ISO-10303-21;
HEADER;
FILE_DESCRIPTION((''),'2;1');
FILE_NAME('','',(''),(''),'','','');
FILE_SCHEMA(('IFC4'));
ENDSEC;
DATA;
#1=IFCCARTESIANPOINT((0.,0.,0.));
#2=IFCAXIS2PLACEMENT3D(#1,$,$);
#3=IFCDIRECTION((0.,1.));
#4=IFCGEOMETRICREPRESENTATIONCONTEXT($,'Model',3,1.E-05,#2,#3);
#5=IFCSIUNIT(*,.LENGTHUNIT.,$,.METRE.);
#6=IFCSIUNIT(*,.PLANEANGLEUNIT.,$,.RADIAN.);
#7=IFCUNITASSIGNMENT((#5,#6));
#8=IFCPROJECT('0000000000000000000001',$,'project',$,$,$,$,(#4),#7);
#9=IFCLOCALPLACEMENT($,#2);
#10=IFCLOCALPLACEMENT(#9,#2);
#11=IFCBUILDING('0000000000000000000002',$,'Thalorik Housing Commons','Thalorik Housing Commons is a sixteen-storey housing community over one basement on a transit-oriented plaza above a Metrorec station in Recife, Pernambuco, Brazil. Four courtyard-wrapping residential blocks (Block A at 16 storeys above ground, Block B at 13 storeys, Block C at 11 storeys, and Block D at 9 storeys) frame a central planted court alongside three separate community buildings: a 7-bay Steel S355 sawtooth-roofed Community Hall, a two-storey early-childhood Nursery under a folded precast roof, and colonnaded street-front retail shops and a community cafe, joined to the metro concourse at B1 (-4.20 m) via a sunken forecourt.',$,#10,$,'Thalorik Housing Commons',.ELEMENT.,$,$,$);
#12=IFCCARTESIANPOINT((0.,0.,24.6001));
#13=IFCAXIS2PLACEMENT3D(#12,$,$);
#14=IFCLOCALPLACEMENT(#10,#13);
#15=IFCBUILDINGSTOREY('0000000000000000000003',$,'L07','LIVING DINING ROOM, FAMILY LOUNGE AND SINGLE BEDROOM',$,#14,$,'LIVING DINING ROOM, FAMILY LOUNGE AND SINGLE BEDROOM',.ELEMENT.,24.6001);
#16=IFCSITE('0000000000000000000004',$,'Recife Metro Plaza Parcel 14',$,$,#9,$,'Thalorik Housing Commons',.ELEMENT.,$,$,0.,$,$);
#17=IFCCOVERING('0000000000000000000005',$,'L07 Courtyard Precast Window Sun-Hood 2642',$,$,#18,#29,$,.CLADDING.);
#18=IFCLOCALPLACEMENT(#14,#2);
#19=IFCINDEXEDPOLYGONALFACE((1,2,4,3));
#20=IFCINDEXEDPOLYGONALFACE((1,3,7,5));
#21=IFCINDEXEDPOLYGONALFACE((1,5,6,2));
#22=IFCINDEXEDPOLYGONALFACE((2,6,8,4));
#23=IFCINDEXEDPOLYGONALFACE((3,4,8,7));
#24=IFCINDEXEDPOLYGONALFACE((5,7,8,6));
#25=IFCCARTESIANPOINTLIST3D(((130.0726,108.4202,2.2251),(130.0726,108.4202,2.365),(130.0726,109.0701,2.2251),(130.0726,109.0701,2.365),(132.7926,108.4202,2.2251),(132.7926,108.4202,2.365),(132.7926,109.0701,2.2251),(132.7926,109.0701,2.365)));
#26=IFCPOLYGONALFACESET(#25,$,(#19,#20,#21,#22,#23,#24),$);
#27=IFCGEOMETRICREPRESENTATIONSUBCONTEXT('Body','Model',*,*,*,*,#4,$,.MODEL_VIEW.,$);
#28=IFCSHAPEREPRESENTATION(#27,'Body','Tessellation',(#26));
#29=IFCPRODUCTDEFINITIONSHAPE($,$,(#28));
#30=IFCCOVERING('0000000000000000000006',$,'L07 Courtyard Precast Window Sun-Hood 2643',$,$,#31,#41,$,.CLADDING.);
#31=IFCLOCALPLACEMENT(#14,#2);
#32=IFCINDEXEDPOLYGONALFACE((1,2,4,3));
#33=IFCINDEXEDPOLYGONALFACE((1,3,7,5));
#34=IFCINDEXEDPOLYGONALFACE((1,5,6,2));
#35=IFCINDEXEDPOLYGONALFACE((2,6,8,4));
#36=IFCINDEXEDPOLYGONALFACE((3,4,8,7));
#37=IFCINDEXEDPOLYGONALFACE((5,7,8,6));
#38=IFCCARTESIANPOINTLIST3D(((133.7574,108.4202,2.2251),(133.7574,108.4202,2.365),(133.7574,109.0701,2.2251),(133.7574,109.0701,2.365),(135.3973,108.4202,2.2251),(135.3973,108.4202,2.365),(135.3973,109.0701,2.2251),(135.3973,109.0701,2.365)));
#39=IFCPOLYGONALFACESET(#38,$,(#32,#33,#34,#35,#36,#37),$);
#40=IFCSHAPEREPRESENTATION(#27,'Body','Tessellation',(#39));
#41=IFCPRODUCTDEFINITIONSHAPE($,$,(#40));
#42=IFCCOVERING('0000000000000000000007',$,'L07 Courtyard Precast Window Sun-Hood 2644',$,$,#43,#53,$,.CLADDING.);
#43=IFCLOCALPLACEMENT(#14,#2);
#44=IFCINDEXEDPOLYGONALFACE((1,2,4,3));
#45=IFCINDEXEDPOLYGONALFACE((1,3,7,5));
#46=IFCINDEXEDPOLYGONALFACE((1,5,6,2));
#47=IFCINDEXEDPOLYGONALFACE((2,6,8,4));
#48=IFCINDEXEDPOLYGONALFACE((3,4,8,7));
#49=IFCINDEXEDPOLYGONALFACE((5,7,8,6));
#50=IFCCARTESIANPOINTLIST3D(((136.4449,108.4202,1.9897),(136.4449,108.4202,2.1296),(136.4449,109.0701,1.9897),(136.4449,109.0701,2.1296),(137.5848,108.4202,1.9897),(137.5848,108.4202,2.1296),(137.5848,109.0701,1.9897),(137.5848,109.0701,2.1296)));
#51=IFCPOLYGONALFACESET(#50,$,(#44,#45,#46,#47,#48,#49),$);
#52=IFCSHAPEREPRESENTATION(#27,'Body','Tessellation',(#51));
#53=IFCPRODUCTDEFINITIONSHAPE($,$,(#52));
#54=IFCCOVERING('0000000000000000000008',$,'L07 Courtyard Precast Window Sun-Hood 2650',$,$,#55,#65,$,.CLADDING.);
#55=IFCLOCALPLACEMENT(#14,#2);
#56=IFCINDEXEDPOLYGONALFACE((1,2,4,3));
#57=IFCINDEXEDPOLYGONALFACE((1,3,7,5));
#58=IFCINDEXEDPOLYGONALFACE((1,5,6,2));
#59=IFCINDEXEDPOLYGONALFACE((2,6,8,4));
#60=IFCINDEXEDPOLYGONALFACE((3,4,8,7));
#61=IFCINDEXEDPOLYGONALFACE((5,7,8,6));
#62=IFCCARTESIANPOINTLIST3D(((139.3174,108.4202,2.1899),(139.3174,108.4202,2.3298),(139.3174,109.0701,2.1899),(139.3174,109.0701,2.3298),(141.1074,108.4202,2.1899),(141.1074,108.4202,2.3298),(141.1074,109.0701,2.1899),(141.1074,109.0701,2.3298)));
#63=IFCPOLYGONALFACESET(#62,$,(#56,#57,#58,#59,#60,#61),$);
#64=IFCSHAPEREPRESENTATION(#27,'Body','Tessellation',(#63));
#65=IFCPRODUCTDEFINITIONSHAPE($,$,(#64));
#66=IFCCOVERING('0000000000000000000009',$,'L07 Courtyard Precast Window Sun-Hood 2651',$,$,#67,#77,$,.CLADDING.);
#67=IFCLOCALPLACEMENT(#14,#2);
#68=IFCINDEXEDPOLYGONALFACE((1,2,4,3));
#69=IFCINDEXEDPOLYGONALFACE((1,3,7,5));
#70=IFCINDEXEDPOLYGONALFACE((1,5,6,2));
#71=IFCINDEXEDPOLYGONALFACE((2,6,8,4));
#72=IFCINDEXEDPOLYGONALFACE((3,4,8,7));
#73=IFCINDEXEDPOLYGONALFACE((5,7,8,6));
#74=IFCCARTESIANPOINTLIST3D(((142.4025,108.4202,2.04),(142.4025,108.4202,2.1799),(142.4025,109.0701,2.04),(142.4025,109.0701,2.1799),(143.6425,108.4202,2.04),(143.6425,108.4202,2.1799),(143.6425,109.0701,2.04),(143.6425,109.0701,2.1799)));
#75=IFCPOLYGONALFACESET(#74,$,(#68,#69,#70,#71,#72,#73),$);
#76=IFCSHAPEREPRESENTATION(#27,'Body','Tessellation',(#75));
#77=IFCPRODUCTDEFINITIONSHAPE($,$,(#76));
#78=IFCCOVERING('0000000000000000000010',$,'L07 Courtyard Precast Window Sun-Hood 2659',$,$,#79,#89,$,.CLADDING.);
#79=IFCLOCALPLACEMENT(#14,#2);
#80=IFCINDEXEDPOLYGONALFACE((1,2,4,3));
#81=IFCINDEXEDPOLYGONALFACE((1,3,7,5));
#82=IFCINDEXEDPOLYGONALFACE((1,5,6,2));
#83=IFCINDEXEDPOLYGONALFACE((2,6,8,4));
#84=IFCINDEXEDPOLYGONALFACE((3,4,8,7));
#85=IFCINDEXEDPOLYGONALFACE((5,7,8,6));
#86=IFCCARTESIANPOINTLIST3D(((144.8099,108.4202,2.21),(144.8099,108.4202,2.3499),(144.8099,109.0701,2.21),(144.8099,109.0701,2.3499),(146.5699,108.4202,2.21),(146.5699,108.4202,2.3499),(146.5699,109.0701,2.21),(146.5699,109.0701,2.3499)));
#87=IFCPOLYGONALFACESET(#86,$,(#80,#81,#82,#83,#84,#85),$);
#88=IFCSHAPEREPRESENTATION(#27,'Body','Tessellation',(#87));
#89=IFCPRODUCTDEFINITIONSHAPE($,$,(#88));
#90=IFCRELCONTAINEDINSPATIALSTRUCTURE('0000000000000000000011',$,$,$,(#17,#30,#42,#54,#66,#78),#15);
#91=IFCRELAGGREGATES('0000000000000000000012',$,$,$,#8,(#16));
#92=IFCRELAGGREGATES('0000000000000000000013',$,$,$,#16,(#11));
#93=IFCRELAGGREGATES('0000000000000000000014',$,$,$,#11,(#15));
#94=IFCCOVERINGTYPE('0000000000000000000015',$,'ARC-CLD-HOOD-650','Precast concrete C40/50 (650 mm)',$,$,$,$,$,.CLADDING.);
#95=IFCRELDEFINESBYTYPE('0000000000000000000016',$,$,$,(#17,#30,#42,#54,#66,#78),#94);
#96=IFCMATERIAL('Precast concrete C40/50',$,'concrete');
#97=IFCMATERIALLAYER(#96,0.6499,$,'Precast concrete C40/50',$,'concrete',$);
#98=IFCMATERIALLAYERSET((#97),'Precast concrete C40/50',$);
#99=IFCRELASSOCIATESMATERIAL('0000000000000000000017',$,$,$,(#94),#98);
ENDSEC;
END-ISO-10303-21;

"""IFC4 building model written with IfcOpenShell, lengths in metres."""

from ifc_helpers import new_model, si_unit, direction, frame, origin, origin_2d, place, context, subcontext, project, spatial, rectangle, extrude, material, layer, layer_set, type_object, element, save


model = new_model("IFC4")

# Units and contexts
model_context = context("Model", 3, precision=1e-05, world=origin(), true_north=direction((0.0, 1.0)))
body_context = subcontext(model_context, "Body", "Model", "MODEL_VIEW")
ifc_project = project(units=[si_unit("LENGTHUNIT", "METRE"), si_unit("PLANEANGLEUNIT", "RADIAN")], contexts=[model_context])

# Site, building, storey
site_placement = place(None, origin())
site = spatial("IfcSite", under=ifc_project, at=site_placement, Name="Recife Metro Plaza Parcel 14", LongName="Thalorik Housing Commons", CompositionType="ELEMENT", RefElevation=0.0)
building_placement = place(site_placement, origin())
building = spatial("IfcBuilding", under=site, at=building_placement, Name="Thalorik Housing Commons", Description="Thalorik Housing Commons is a sixteen-storey housing community over one basement on a transit-oriented plaza above a Metrorec station in Recife, Pernambuco, Brazil. Four courtyard-wrapping residential blocks (Block A at 16 storeys above ground, Block B at 13 storeys, Block C at 11 storeys, and Block D at 9 storeys) frame a central planted court alongside three separate community buildings: a 7-bay Steel S355 sawtooth-roofed Community Hall, a two-storey early-childhood Nursery under a folded precast roof, and colonnaded street-front retail shops and a community cafe, joined to the metro concourse at B1 (-4.20 m) via a sunken forecourt.", LongName="Thalorik Housing Commons", CompositionType="ELEMENT")
storey_placement = place(building_placement, frame((0.0, 0.0, 24.6001)))
storey = spatial("IfcBuildingStorey", under=building, at=storey_placement, Name="L07", Description="LIVING DINING ROOM, FAMILY LOUNGE AND SINGLE BEDROOM", LongName="LIVING DINING ROOM, FAMILY LOUNGE AND SINGLE BEDROOM", CompositionType="ELEMENT", Elevation=24.6001)

# Coverings
ifc_material = material(Name="Precast concrete C40/50", Category="concrete")
ifc_layer_1 = layer(ifc_material, 0.6499, Name="Precast concrete C40/50", Category="concrete")
ifc_layer_set_1 = layer_set([ifc_layer_1], Name="Precast concrete C40/50")
covering_type_1 = type_object("IfcCoveringType", Name="ARC-CLD-HOOD-650", Description="Precast concrete C40/50 (650 mm)", PredefinedType="CLADDING", material=ifc_layer_set_1)
covering_1_placement = place(storey_placement, frame((131.4326, 108.7451, 2.2251), z_axis=(0.0, 0.0, 1.0), x_axis=(1.0, 0.0, 0.0)))
element("IfcCovering", 1, at=covering_1_placement, inside=storey, type_object=covering_type_1, Name="L07 Courtyard Precast Window Sun-Hood 2642", PredefinedType="CLADDING", context=body_context, shape_type="SweptSolid", body=[
    extrude(rectangle(XDim=2.72, YDim=0.6499, at=origin_2d()), origin(), (0.0, 0.0, 1.0), 0.1399),
])
covering_2_placement = place(storey_placement, frame((134.5774, 108.7451, 2.2251), z_axis=(0.0, 0.0, 1.0), x_axis=(1.0, 0.0, 0.0)))
element("IfcCovering", 2, at=covering_2_placement, inside=storey, type_object=covering_type_1, Name="L07 Courtyard Precast Window Sun-Hood 2643", PredefinedType="CLADDING", context=body_context, shape_type="SweptSolid", body=[
    extrude(rectangle(XDim=1.6399, YDim=0.6499, at=origin_2d()), origin(), (0.0, 0.0, 1.0), 0.1399),
])
covering_3_placement = place(storey_placement, frame((137.0149, 108.7451, 1.9897), z_axis=(0.0, 0.0, 1.0), x_axis=(1.0, 0.0, 0.0)))
element("IfcCovering", 3, at=covering_3_placement, inside=storey, type_object=covering_type_1, Name="L07 Courtyard Precast Window Sun-Hood 2644", PredefinedType="CLADDING", context=body_context, shape_type="SweptSolid", body=[
    extrude(rectangle(XDim=1.1399, YDim=0.6499, at=origin_2d()), origin(), (0.0, 0.0, 1.0), 0.1399),
])
covering_4_placement = place(storey_placement, frame((140.2124, 108.7451, 2.1899), z_axis=(0.0, 0.0, 1.0), x_axis=(1.0, 0.0, 0.0)))
element("IfcCovering", 4, at=covering_4_placement, inside=storey, type_object=covering_type_1, Name="L07 Courtyard Precast Window Sun-Hood 2650", PredefinedType="CLADDING", context=body_context, shape_type="SweptSolid", body=[
    extrude(rectangle(XDim=1.79, YDim=0.6499, at=origin_2d()), origin(), (0.0, 0.0, 1.0), 0.1399),
])
covering_5_placement = place(storey_placement, frame((143.0225, 108.7451, 2.04), z_axis=(0.0, 0.0, 1.0), x_axis=(1.0, 0.0, 0.0)))
element("IfcCovering", 5, at=covering_5_placement, inside=storey, type_object=covering_type_1, Name="L07 Courtyard Precast Window Sun-Hood 2651", PredefinedType="CLADDING", context=body_context, shape_type="SweptSolid", body=[
    extrude(rectangle(XDim=1.24, YDim=0.6499, at=origin_2d()), origin(), (0.0, 0.0, 1.0), 0.1399),
])
covering_6_placement = place(storey_placement, frame((145.6899, 108.7451, 2.21), z_axis=(0.0, 0.0, 1.0), x_axis=(1.0, 0.0, 0.0)))
element("IfcCovering", 6, at=covering_6_placement, inside=storey, type_object=covering_type_1, Name="L07 Courtyard Precast Window Sun-Hood 2659", PredefinedType="CLADDING", context=body_context, shape_type="SweptSolid", body=[
    extrude(rectangle(XDim=1.76, YDim=0.6499, at=origin_2d()), origin(), (0.0, 0.0, 1.0), 0.1399),
])

save(model, "model.ifc")
